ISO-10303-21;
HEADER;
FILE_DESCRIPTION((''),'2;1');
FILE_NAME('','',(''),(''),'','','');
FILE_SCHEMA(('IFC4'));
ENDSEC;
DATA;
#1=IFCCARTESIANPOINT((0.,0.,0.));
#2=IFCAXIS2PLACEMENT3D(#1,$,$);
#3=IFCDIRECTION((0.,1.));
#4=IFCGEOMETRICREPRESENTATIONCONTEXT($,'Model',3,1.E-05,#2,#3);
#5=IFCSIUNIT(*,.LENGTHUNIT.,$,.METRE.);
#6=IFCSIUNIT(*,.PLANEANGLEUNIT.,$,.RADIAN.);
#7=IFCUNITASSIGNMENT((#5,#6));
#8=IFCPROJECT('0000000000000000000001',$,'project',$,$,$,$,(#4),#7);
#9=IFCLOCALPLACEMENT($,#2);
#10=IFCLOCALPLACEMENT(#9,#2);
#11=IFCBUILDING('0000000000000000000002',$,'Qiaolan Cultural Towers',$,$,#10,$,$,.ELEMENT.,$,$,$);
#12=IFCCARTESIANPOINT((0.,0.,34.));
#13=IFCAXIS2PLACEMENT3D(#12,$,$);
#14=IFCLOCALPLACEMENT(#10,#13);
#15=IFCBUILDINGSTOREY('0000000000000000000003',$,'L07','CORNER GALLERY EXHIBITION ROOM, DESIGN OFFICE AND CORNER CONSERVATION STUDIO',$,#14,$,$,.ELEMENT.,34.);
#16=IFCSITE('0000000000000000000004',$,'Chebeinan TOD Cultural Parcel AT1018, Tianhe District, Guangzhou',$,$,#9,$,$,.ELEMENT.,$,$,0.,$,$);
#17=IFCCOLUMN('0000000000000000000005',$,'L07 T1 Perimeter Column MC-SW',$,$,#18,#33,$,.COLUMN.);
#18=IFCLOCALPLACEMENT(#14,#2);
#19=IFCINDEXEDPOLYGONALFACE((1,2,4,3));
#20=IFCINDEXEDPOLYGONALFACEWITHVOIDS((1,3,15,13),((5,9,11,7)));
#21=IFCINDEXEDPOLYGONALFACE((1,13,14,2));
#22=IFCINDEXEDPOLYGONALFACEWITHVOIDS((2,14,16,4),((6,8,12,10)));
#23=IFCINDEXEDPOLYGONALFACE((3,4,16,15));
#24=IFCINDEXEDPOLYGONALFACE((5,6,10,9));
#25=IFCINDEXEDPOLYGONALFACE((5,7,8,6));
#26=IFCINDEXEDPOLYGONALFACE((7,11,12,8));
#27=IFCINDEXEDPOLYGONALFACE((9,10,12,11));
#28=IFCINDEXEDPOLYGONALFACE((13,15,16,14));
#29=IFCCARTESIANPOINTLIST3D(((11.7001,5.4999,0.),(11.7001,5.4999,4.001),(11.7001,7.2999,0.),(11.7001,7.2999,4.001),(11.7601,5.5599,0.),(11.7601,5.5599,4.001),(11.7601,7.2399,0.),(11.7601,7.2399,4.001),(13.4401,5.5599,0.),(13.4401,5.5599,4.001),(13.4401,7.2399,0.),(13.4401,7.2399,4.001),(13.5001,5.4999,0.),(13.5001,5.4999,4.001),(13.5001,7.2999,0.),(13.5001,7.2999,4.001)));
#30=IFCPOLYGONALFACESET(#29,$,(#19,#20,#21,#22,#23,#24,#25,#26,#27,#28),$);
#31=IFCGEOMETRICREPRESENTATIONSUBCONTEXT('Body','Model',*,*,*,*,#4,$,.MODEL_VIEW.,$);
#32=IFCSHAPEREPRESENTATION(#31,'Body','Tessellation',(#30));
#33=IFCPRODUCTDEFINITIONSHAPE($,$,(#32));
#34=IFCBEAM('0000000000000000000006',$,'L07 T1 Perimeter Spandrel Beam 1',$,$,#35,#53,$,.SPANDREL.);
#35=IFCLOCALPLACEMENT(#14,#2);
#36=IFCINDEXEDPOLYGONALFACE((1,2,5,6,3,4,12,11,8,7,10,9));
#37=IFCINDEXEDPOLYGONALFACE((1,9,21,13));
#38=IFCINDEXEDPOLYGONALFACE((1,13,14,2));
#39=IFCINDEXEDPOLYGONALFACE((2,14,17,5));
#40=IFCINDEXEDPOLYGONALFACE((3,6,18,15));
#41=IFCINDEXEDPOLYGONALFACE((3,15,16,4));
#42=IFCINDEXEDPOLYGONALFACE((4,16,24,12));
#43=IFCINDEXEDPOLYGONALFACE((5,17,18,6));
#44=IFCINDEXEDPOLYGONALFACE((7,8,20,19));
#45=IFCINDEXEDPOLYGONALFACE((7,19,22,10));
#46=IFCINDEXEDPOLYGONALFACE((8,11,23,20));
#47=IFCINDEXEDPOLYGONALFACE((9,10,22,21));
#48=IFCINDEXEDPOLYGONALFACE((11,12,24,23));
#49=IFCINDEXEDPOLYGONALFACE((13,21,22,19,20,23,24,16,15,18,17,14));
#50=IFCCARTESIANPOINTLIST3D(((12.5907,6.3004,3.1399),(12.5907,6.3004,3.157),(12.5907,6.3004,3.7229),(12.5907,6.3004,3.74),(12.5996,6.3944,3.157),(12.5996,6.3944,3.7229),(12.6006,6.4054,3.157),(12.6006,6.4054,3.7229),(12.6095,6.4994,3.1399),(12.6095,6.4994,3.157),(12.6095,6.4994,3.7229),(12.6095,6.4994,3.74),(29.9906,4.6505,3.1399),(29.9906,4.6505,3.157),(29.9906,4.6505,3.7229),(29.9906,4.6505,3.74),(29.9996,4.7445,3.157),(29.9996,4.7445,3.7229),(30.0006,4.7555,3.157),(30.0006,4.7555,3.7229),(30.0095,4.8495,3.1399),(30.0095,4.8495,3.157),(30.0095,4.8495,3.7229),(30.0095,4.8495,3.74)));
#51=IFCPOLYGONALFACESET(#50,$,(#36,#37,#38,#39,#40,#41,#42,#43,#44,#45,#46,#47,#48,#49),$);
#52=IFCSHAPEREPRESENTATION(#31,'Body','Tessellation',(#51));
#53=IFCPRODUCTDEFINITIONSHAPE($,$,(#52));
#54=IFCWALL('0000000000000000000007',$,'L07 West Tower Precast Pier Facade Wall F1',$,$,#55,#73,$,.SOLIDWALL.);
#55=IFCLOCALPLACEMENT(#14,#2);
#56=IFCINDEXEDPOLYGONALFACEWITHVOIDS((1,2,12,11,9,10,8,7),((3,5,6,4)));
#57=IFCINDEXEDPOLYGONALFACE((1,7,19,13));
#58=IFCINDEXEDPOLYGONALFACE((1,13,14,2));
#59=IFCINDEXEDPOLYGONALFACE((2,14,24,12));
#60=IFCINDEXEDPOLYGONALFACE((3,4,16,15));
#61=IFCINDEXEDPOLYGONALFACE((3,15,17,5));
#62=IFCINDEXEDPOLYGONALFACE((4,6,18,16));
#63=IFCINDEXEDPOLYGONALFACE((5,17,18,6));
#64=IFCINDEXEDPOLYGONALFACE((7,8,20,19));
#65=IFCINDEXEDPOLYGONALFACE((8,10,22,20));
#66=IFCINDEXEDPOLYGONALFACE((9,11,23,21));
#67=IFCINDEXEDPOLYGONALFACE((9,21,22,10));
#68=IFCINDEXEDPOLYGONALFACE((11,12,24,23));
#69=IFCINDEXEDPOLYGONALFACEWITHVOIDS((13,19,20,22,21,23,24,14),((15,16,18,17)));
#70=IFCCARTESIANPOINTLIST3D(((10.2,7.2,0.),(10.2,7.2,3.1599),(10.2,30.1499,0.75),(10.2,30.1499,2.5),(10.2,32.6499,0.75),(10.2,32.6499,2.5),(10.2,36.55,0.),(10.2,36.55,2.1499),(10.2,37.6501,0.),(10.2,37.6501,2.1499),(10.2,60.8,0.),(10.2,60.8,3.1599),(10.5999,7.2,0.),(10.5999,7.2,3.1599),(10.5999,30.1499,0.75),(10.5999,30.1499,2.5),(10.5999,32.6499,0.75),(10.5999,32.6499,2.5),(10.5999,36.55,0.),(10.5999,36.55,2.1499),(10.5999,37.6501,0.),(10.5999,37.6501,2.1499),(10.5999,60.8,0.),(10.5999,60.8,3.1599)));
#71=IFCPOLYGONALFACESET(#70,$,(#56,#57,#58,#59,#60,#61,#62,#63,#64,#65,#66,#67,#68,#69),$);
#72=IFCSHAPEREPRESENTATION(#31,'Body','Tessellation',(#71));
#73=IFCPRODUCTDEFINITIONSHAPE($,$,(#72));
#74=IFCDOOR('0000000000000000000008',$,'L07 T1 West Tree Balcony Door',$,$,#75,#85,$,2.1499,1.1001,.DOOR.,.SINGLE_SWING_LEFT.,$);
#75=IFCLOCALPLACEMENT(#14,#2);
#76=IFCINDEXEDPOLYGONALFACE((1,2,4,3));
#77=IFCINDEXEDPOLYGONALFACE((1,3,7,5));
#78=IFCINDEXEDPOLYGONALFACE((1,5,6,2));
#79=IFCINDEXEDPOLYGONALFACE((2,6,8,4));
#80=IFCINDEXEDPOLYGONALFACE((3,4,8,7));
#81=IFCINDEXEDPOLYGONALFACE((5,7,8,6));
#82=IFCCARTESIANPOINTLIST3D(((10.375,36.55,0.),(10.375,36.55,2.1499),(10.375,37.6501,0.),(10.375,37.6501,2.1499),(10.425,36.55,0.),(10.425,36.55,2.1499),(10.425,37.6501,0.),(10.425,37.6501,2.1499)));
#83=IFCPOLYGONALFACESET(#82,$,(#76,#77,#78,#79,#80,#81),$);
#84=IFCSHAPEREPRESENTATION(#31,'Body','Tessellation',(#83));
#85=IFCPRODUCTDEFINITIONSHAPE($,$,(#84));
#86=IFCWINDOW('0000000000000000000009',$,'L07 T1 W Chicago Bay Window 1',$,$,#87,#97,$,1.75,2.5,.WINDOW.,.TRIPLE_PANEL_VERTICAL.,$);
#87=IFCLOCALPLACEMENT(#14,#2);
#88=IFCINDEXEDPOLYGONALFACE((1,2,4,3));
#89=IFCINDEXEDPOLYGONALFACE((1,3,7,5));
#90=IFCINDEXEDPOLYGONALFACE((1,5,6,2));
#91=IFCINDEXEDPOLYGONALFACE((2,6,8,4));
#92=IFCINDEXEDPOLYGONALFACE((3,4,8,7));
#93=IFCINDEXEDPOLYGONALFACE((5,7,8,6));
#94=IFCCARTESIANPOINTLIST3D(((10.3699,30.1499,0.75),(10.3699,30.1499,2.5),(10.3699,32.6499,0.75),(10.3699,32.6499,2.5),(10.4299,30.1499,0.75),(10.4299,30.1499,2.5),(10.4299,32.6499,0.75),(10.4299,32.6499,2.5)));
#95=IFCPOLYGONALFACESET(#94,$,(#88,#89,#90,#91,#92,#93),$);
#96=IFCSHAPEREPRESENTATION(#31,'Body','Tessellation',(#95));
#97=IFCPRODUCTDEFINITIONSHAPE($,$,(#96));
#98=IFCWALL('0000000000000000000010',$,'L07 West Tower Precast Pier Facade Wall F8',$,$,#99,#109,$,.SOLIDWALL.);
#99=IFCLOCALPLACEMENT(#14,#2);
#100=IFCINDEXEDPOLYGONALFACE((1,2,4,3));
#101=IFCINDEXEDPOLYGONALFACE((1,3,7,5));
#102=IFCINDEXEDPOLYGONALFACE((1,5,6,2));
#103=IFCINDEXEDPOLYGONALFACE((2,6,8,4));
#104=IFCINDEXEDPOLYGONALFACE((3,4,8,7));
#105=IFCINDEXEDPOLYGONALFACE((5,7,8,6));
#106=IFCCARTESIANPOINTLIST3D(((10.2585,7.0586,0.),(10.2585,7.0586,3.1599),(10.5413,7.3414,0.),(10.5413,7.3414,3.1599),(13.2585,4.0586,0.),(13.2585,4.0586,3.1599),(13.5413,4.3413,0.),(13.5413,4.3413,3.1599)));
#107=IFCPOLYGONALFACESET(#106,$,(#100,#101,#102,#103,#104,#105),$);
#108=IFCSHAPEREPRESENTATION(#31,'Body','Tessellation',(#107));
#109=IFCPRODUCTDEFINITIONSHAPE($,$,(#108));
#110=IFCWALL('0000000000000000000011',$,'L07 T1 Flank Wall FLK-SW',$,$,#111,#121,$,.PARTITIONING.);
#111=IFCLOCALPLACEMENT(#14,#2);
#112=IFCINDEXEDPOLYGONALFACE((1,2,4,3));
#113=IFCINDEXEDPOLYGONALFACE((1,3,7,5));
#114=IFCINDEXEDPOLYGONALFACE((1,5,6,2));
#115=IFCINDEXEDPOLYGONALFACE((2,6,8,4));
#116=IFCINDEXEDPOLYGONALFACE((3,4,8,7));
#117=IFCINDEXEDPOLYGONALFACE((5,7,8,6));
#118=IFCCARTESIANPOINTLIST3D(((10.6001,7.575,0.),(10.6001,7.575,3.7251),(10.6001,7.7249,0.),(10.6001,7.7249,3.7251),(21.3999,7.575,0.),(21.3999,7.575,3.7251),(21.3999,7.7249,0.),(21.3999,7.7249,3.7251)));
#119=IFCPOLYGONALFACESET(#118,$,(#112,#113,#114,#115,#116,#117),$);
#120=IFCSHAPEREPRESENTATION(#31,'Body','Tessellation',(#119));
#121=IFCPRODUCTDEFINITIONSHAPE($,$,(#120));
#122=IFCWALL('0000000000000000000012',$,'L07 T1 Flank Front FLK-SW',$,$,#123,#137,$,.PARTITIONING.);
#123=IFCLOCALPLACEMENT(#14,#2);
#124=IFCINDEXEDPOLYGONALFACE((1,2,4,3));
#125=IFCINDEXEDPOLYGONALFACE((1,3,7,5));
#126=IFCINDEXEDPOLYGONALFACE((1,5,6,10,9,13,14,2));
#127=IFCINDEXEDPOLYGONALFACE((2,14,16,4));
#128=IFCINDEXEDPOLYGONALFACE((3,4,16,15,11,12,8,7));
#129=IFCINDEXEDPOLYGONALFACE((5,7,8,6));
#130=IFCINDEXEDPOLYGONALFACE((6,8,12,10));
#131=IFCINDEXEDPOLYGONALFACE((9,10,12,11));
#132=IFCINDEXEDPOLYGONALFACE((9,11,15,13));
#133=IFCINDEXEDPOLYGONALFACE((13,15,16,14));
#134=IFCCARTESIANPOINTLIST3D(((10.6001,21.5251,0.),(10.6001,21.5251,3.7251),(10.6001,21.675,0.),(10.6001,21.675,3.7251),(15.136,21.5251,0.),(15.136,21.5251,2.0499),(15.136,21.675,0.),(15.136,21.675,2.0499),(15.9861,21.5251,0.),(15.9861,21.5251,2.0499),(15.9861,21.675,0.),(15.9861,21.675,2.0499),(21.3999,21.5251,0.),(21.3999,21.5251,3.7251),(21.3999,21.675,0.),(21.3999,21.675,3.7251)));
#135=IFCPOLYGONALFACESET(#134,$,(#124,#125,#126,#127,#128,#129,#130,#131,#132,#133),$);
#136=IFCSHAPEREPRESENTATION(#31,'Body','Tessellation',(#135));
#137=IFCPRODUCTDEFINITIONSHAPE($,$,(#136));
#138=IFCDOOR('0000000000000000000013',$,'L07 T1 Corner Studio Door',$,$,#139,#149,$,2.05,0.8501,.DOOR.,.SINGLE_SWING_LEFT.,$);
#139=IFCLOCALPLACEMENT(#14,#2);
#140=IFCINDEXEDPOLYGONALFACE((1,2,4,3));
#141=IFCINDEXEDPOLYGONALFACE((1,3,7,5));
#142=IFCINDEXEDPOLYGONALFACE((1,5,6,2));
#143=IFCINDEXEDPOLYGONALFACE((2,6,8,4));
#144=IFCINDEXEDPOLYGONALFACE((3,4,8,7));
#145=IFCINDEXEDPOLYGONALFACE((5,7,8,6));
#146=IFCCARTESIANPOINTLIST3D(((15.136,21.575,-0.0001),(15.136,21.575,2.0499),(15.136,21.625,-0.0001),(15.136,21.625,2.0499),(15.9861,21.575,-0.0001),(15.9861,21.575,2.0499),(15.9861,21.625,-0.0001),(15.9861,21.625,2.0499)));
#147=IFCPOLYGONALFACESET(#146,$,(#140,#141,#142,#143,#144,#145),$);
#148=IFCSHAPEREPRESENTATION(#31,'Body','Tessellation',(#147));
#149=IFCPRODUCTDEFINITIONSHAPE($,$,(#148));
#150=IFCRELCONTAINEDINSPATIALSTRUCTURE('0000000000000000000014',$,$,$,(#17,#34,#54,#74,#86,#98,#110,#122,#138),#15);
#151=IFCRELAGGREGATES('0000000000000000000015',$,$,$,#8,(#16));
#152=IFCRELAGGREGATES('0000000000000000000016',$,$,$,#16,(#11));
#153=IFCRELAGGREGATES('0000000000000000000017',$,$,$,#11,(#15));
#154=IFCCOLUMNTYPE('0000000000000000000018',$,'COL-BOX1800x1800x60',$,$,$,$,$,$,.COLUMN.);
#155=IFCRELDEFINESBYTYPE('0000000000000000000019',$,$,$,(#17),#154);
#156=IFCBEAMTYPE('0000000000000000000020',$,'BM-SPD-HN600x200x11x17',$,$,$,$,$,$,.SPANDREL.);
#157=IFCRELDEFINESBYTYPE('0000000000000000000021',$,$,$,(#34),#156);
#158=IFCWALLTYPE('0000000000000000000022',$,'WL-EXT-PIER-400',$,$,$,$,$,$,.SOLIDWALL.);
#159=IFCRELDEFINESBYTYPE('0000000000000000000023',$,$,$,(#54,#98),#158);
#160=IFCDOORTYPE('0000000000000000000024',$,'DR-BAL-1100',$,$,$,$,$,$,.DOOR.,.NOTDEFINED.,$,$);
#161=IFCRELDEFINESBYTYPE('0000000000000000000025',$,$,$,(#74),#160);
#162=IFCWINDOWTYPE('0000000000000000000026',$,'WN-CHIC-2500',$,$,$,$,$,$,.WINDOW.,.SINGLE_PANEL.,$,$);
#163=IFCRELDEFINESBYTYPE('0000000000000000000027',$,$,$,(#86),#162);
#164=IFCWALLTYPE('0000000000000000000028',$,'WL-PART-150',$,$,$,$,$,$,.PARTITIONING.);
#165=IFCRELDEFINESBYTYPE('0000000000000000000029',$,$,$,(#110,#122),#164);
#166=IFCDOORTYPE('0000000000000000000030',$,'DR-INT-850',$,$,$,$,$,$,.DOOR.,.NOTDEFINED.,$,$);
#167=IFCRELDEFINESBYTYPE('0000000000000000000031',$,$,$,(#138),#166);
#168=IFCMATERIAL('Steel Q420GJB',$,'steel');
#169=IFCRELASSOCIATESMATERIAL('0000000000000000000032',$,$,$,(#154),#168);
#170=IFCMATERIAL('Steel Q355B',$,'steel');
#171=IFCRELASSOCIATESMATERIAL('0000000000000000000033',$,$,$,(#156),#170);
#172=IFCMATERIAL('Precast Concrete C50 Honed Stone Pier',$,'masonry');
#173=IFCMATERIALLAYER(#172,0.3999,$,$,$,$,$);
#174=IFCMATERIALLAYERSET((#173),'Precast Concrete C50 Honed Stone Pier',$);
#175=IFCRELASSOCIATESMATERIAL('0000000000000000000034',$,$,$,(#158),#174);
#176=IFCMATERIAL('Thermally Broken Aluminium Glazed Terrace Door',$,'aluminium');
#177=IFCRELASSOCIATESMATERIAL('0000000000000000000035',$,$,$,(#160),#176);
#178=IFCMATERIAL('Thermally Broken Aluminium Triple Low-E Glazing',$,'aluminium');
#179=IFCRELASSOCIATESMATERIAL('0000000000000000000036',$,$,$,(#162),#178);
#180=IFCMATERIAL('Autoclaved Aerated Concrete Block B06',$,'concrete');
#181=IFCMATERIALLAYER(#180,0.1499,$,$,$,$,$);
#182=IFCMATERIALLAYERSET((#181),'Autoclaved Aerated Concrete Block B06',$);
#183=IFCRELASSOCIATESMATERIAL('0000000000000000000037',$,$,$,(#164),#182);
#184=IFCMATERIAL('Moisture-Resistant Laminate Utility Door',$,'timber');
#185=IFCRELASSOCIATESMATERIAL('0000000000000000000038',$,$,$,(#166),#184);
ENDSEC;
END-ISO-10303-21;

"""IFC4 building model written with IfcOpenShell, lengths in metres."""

from ifc_helpers import new_model, si_unit, direction, frame, frame_2d, origin, origin_2d, place, context, subcontext, project, spatial, rectangle, hollow_rectangle, i_section, extrude, material, layer, layer_set, material_profile, profile_set, type_object, element, fill, save


model = new_model("IFC4")

# Units and contexts
model_context = context("Model", 3, precision=1e-05, world=origin(), true_north=direction((0.0, 1.0)))
body_context = subcontext(model_context, "Body", "Model", "MODEL_VIEW")
ifc_project = project(units=[si_unit("LENGTHUNIT", "METRE"), si_unit("PLANEANGLEUNIT", "RADIAN")], contexts=[model_context])

# Site, building, storey
site_placement = place(None, origin())
site = spatial("IfcSite", under=ifc_project, at=site_placement, Name="Chebeinan TOD Cultural Parcel AT1018, Tianhe District, Guangzhou", CompositionType="ELEMENT", RefElevation=0.0)
building_placement = place(site_placement, origin())
building = spatial("IfcBuilding", under=site, at=building_placement, Name="Qiaolan Cultural Towers", CompositionType="ELEMENT")
storey_placement = place(building_placement, frame((0.0, 0.0, 34.0)))
storey = spatial("IfcBuildingStorey", under=building, at=storey_placement, Name="L07", Description="CORNER GALLERY EXHIBITION ROOM, DESIGN OFFICE AND CORNER CONSERVATION STUDIO", CompositionType="ELEMENT", Elevation=34.0)

# Column
ifc_material_1 = material(Name="Steel Q420GJB", Category="steel")
ifc_material_profile_1 = material_profile(ifc_material_1, hollow_rectangle(XDim=1.8, YDim=1.8, WallThickness=0.0601, at=origin_2d()), Name="BOX1800x1800x60")
ifc_profile_set_1 = profile_set([ifc_material_profile_1], Name="Steel Q420GJB")
column_type = type_object("IfcColumnType", Name="COL-BOX1800x1800x60", PredefinedType="COLUMN", material=ifc_profile_set_1)
column_placement = place(storey_placement, frame((12.6001, 6.3999, 0.0), z_axis=(0.0, 0.0, 1.0), x_axis=(1.0, 0.0, 0.0)))
element("IfcColumn", 1, at=column_placement, inside=storey, type_object=column_type, Name="L07 T1 Perimeter Column MC-SW", PredefinedType="COLUMN", context=body_context, shape_type="SweptSolid", body=[
    extrude(hollow_rectangle(XDim=1.8, YDim=1.8, WallThickness=0.0601, at=origin_2d()), origin(), (0.0, 0.0, 1.0), 4.001),
])

# Beam
ifc_material_2 = material(Name="Steel Q355B", Category="steel")
ifc_material_profile_2 = material_profile(ifc_material_2, i_section(OverallWidth=0.2, OverallDepth=0.6001, WebThickness=0.011, FlangeThickness=0.0171, at=origin_2d()), Name="HN600x200x11x17")
ifc_profile_set_2 = profile_set([ifc_material_profile_2], Name="Steel Q355B")
beam_type = type_object("IfcBeamType", Name="BM-SPD-HN600x200x11x17", PredefinedType="SPANDREL", material=ifc_profile_set_2)
beam_placement = place(storey_placement, frame((12.6001, 6.3999, 3.4399), z_axis=(0.995534, -0.094399, 0.0), x_axis=(0.094399, 0.995534, 0.0)))
element("IfcBeam", 2, at=beam_placement, inside=storey, type_object=beam_type, Name="L07 T1 Perimeter Spandrel Beam 1", PredefinedType="SPANDREL", context=body_context, shape_type="SweptSolid", body=[
    extrude(i_section(OverallWidth=0.2, OverallDepth=0.6001, WebThickness=0.011, FlangeThickness=0.0171, at=origin_2d()), origin(), (0.0, 0.0, 1.0), 17.478),
])

# Wall, openings, door, window
ifc_material_3 = material(Name="Precast Concrete C50 Honed Stone Pier", Category="masonry")
ifc_layer_1 = layer(ifc_material_3, 0.3999)
ifc_layer_set_1 = layer_set([ifc_layer_1], Name="Precast Concrete C50 Honed Stone Pier")
wall_type_1 = type_object("IfcWallType", Name="WL-EXT-PIER-400", PredefinedType="SOLIDWALL", material=ifc_layer_set_1)
wall_1_placement = place(storey_placement, frame((10.3999, 7.2, 0.0), z_axis=(0.0, 0.0, 1.0), x_axis=(0.0, 1.0, 0.0)))
wall_1 = element("IfcWall", 3, at=wall_1_placement, inside=storey, type_object=wall_type_1, Name="L07 West Tower Precast Pier Facade Wall F1", PredefinedType="SOLIDWALL", context=body_context, shape_type="SweptSolid", body=[
    extrude(rectangle(XDim=53.6001, YDim=0.3999, at=frame_2d((26.8, 0.0))), origin(), (0.0, 0.0, 1.0), 3.1599),
])
opening_1_placement = place(wall_1_placement, frame((22.95, 0.0, 0.75)))
opening_1 = element("IfcOpeningElement", 4, at=opening_1_placement, cuts=wall_1, PredefinedType="OPENING", context=body_context, shape_type="SweptSolid", body=[
    extrude(rectangle(XDim=2.5, YDim=1.75, at=frame_2d((1.25, 0.875))), frame((0.0, 0.21, 0.0), z_axis=(0.0, -1.0, 0.0), x_axis=(1.0, 0.0, 0.0)), (0.0, 0.0, 1.0), 0.4199),
])
opening_2_placement = place(wall_1_placement, frame((29.3501, 0.0, 0.0)))
opening_2 = element("IfcOpeningElement", 5, at=opening_2_placement, cuts=wall_1, PredefinedType="OPENING", context=body_context, shape_type="SweptSolid", body=[
    extrude(rectangle(XDim=1.1001, YDim=2.1499, at=frame_2d((0.55, 1.075))), frame((0.0, 0.21, 0.0), z_axis=(0.0, -1.0, 0.0), x_axis=(1.0, 0.0, 0.0)), (0.0, 0.0, 1.0), 0.4199),
])
ifc_material_4 = material(Name="Thermally Broken Aluminium Glazed Terrace Door", Category="aluminium")
door_type_1 = type_object("IfcDoorType", Name="DR-BAL-1100", OperationType="NOTDEFINED", PredefinedType="DOOR", material=ifc_material_4)
door_1_placement = place(opening_2_placement, origin())
door_1 = element("IfcDoor", 6, at=door_1_placement, inside=storey, type_object=door_type_1, Name="L07 T1 West Tree Balcony Door", OperationType="SINGLE_SWING_LEFT", OverallHeight=2.1499, OverallWidth=1.1001, PredefinedType="DOOR", context=body_context, shape_type="SweptSolid", body=[
    extrude(rectangle(XDim=1.1001, YDim=2.1499, at=frame_2d((0.55, 1.075))), frame((0.0, 0.0249, 0.0), z_axis=(0.0, -1.0, 0.0), x_axis=(1.0, 0.0, 0.0)), (0.0, 0.0, 1.0), 0.05),
])
fill(opening_2, door_1)
ifc_material_5 = material(Name="Thermally Broken Aluminium Triple Low-E Glazing", Category="aluminium")
window_type = type_object("IfcWindowType", Name="WN-CHIC-2500", PartitioningType="SINGLE_PANEL", PredefinedType="WINDOW", material=ifc_material_5)
window_placement = place(opening_1_placement, origin())
window = element("IfcWindow", 7, at=window_placement, inside=storey, type_object=window_type, Name="L07 T1 W Chicago Bay Window 1", OverallHeight=1.75, OverallWidth=2.5, PartitioningType="TRIPLE_PANEL_VERTICAL", PredefinedType="WINDOW", context=body_context, shape_type="SweptSolid", body=[
    extrude(rectangle(XDim=2.5, YDim=1.75, at=frame_2d((1.25, 0.875))), frame((0.0, 0.03, 0.0), z_axis=(0.0, -1.0, 0.0), x_axis=(1.0, 0.0, 0.0)), (0.0, 0.0, 1.0), 0.0601),
])
fill(opening_1, window)

# Walls
wall_2_placement = place(storey_placement, frame((13.3999, 4.2, 0.0), z_axis=(0.0, 0.0, 1.0), x_axis=(-0.707107, 0.707107, 0.0)))
element("IfcWall", 8, at=wall_2_placement, inside=storey, type_object=wall_type_1, Name="L07 West Tower Precast Pier Facade Wall F8", PredefinedType="SOLIDWALL", context=body_context, shape_type="SweptSolid", body=[
    extrude(rectangle(XDim=4.2427, YDim=0.3999, at=frame_2d((2.1213, 0.0))), origin(), (0.0, 0.0, 1.0), 3.1599),
])
ifc_material_6 = material(Name="Autoclaved Aerated Concrete Block B06", Category="concrete")
ifc_layer_2 = layer(ifc_material_6, 0.1499)
ifc_layer_set_2 = layer_set([ifc_layer_2], Name="Autoclaved Aerated Concrete Block B06")
wall_type_2 = type_object("IfcWallType", Name="WL-PART-150", PredefinedType="PARTITIONING", material=ifc_layer_set_2)
wall_3_placement = place(storey_placement, frame((10.6001, 7.6499, 0.0), z_axis=(0.0, 0.0, 1.0), x_axis=(1.0, 0.0, 0.0)))
element("IfcWall", 9, at=wall_3_placement, inside=storey, type_object=wall_type_2, Name="L07 T1 Flank Wall FLK-SW", PredefinedType="PARTITIONING", context=body_context, shape_type="SweptSolid", body=[
    extrude(rectangle(XDim=10.7998, YDim=0.1499, at=frame_2d((5.3999, 0.0))), origin(), (0.0, 0.0, 1.0), 3.7251),
])

# Wall, opening, door
wall_4_placement = place(storey_placement, frame((10.6001, 21.6001, 0.0), z_axis=(0.0, 0.0, 1.0), x_axis=(1.0, 0.0, 0.0)))
wall_4 = element("IfcWall", 10, at=wall_4_placement, inside=storey, type_object=wall_type_2, Name="L07 T1 Flank Front FLK-SW", PredefinedType="PARTITIONING", context=body_context, shape_type="SweptSolid", body=[
    extrude(rectangle(XDim=10.7998, YDim=0.1499, at=frame_2d((5.3999, 0.0))), origin(), (0.0, 0.0, 1.0), 3.7251),
])
opening_3_placement = place(wall_4_placement, frame((4.5359, 0.0, 0.0)))
opening_3 = element("IfcOpeningElement", 11, at=opening_3_placement, cuts=wall_4, PredefinedType="OPENING", context=body_context, shape_type="SweptSolid", body=[
    extrude(rectangle(XDim=0.8501, YDim=2.05, at=frame_2d((0.425, 1.0249))), frame((0.0, 0.085, 0.0), z_axis=(0.0, -1.0, 0.0), x_axis=(1.0, 0.0, 0.0)), (0.0, 0.0, 1.0), 0.1699),
])
ifc_material_7 = material(Name="Moisture-Resistant Laminate Utility Door", Category="timber")
door_type_2 = type_object("IfcDoorType", Name="DR-INT-850", OperationType="NOTDEFINED", PredefinedType="DOOR", material=ifc_material_7)
door_2_placement = place(opening_3_placement, origin())
door_2 = element("IfcDoor", 12, at=door_2_placement, inside=storey, type_object=door_type_2, Name="L07 T1 Corner Studio Door", OperationType="SINGLE_SWING_LEFT", OverallHeight=2.05, OverallWidth=0.8501, PredefinedType="DOOR", context=body_context, shape_type="SweptSolid", body=[
    extrude(rectangle(XDim=0.8501, YDim=2.05, at=frame_2d((0.425, 1.0249))), frame((0.0, 0.0249, 0.0), z_axis=(0.0, -1.0, 0.0), x_axis=(1.0, 0.0, 0.0)), (0.0, 0.0, 1.0), 0.05),
])
fill(opening_3, door_2)

save(model, "model.ifc")
